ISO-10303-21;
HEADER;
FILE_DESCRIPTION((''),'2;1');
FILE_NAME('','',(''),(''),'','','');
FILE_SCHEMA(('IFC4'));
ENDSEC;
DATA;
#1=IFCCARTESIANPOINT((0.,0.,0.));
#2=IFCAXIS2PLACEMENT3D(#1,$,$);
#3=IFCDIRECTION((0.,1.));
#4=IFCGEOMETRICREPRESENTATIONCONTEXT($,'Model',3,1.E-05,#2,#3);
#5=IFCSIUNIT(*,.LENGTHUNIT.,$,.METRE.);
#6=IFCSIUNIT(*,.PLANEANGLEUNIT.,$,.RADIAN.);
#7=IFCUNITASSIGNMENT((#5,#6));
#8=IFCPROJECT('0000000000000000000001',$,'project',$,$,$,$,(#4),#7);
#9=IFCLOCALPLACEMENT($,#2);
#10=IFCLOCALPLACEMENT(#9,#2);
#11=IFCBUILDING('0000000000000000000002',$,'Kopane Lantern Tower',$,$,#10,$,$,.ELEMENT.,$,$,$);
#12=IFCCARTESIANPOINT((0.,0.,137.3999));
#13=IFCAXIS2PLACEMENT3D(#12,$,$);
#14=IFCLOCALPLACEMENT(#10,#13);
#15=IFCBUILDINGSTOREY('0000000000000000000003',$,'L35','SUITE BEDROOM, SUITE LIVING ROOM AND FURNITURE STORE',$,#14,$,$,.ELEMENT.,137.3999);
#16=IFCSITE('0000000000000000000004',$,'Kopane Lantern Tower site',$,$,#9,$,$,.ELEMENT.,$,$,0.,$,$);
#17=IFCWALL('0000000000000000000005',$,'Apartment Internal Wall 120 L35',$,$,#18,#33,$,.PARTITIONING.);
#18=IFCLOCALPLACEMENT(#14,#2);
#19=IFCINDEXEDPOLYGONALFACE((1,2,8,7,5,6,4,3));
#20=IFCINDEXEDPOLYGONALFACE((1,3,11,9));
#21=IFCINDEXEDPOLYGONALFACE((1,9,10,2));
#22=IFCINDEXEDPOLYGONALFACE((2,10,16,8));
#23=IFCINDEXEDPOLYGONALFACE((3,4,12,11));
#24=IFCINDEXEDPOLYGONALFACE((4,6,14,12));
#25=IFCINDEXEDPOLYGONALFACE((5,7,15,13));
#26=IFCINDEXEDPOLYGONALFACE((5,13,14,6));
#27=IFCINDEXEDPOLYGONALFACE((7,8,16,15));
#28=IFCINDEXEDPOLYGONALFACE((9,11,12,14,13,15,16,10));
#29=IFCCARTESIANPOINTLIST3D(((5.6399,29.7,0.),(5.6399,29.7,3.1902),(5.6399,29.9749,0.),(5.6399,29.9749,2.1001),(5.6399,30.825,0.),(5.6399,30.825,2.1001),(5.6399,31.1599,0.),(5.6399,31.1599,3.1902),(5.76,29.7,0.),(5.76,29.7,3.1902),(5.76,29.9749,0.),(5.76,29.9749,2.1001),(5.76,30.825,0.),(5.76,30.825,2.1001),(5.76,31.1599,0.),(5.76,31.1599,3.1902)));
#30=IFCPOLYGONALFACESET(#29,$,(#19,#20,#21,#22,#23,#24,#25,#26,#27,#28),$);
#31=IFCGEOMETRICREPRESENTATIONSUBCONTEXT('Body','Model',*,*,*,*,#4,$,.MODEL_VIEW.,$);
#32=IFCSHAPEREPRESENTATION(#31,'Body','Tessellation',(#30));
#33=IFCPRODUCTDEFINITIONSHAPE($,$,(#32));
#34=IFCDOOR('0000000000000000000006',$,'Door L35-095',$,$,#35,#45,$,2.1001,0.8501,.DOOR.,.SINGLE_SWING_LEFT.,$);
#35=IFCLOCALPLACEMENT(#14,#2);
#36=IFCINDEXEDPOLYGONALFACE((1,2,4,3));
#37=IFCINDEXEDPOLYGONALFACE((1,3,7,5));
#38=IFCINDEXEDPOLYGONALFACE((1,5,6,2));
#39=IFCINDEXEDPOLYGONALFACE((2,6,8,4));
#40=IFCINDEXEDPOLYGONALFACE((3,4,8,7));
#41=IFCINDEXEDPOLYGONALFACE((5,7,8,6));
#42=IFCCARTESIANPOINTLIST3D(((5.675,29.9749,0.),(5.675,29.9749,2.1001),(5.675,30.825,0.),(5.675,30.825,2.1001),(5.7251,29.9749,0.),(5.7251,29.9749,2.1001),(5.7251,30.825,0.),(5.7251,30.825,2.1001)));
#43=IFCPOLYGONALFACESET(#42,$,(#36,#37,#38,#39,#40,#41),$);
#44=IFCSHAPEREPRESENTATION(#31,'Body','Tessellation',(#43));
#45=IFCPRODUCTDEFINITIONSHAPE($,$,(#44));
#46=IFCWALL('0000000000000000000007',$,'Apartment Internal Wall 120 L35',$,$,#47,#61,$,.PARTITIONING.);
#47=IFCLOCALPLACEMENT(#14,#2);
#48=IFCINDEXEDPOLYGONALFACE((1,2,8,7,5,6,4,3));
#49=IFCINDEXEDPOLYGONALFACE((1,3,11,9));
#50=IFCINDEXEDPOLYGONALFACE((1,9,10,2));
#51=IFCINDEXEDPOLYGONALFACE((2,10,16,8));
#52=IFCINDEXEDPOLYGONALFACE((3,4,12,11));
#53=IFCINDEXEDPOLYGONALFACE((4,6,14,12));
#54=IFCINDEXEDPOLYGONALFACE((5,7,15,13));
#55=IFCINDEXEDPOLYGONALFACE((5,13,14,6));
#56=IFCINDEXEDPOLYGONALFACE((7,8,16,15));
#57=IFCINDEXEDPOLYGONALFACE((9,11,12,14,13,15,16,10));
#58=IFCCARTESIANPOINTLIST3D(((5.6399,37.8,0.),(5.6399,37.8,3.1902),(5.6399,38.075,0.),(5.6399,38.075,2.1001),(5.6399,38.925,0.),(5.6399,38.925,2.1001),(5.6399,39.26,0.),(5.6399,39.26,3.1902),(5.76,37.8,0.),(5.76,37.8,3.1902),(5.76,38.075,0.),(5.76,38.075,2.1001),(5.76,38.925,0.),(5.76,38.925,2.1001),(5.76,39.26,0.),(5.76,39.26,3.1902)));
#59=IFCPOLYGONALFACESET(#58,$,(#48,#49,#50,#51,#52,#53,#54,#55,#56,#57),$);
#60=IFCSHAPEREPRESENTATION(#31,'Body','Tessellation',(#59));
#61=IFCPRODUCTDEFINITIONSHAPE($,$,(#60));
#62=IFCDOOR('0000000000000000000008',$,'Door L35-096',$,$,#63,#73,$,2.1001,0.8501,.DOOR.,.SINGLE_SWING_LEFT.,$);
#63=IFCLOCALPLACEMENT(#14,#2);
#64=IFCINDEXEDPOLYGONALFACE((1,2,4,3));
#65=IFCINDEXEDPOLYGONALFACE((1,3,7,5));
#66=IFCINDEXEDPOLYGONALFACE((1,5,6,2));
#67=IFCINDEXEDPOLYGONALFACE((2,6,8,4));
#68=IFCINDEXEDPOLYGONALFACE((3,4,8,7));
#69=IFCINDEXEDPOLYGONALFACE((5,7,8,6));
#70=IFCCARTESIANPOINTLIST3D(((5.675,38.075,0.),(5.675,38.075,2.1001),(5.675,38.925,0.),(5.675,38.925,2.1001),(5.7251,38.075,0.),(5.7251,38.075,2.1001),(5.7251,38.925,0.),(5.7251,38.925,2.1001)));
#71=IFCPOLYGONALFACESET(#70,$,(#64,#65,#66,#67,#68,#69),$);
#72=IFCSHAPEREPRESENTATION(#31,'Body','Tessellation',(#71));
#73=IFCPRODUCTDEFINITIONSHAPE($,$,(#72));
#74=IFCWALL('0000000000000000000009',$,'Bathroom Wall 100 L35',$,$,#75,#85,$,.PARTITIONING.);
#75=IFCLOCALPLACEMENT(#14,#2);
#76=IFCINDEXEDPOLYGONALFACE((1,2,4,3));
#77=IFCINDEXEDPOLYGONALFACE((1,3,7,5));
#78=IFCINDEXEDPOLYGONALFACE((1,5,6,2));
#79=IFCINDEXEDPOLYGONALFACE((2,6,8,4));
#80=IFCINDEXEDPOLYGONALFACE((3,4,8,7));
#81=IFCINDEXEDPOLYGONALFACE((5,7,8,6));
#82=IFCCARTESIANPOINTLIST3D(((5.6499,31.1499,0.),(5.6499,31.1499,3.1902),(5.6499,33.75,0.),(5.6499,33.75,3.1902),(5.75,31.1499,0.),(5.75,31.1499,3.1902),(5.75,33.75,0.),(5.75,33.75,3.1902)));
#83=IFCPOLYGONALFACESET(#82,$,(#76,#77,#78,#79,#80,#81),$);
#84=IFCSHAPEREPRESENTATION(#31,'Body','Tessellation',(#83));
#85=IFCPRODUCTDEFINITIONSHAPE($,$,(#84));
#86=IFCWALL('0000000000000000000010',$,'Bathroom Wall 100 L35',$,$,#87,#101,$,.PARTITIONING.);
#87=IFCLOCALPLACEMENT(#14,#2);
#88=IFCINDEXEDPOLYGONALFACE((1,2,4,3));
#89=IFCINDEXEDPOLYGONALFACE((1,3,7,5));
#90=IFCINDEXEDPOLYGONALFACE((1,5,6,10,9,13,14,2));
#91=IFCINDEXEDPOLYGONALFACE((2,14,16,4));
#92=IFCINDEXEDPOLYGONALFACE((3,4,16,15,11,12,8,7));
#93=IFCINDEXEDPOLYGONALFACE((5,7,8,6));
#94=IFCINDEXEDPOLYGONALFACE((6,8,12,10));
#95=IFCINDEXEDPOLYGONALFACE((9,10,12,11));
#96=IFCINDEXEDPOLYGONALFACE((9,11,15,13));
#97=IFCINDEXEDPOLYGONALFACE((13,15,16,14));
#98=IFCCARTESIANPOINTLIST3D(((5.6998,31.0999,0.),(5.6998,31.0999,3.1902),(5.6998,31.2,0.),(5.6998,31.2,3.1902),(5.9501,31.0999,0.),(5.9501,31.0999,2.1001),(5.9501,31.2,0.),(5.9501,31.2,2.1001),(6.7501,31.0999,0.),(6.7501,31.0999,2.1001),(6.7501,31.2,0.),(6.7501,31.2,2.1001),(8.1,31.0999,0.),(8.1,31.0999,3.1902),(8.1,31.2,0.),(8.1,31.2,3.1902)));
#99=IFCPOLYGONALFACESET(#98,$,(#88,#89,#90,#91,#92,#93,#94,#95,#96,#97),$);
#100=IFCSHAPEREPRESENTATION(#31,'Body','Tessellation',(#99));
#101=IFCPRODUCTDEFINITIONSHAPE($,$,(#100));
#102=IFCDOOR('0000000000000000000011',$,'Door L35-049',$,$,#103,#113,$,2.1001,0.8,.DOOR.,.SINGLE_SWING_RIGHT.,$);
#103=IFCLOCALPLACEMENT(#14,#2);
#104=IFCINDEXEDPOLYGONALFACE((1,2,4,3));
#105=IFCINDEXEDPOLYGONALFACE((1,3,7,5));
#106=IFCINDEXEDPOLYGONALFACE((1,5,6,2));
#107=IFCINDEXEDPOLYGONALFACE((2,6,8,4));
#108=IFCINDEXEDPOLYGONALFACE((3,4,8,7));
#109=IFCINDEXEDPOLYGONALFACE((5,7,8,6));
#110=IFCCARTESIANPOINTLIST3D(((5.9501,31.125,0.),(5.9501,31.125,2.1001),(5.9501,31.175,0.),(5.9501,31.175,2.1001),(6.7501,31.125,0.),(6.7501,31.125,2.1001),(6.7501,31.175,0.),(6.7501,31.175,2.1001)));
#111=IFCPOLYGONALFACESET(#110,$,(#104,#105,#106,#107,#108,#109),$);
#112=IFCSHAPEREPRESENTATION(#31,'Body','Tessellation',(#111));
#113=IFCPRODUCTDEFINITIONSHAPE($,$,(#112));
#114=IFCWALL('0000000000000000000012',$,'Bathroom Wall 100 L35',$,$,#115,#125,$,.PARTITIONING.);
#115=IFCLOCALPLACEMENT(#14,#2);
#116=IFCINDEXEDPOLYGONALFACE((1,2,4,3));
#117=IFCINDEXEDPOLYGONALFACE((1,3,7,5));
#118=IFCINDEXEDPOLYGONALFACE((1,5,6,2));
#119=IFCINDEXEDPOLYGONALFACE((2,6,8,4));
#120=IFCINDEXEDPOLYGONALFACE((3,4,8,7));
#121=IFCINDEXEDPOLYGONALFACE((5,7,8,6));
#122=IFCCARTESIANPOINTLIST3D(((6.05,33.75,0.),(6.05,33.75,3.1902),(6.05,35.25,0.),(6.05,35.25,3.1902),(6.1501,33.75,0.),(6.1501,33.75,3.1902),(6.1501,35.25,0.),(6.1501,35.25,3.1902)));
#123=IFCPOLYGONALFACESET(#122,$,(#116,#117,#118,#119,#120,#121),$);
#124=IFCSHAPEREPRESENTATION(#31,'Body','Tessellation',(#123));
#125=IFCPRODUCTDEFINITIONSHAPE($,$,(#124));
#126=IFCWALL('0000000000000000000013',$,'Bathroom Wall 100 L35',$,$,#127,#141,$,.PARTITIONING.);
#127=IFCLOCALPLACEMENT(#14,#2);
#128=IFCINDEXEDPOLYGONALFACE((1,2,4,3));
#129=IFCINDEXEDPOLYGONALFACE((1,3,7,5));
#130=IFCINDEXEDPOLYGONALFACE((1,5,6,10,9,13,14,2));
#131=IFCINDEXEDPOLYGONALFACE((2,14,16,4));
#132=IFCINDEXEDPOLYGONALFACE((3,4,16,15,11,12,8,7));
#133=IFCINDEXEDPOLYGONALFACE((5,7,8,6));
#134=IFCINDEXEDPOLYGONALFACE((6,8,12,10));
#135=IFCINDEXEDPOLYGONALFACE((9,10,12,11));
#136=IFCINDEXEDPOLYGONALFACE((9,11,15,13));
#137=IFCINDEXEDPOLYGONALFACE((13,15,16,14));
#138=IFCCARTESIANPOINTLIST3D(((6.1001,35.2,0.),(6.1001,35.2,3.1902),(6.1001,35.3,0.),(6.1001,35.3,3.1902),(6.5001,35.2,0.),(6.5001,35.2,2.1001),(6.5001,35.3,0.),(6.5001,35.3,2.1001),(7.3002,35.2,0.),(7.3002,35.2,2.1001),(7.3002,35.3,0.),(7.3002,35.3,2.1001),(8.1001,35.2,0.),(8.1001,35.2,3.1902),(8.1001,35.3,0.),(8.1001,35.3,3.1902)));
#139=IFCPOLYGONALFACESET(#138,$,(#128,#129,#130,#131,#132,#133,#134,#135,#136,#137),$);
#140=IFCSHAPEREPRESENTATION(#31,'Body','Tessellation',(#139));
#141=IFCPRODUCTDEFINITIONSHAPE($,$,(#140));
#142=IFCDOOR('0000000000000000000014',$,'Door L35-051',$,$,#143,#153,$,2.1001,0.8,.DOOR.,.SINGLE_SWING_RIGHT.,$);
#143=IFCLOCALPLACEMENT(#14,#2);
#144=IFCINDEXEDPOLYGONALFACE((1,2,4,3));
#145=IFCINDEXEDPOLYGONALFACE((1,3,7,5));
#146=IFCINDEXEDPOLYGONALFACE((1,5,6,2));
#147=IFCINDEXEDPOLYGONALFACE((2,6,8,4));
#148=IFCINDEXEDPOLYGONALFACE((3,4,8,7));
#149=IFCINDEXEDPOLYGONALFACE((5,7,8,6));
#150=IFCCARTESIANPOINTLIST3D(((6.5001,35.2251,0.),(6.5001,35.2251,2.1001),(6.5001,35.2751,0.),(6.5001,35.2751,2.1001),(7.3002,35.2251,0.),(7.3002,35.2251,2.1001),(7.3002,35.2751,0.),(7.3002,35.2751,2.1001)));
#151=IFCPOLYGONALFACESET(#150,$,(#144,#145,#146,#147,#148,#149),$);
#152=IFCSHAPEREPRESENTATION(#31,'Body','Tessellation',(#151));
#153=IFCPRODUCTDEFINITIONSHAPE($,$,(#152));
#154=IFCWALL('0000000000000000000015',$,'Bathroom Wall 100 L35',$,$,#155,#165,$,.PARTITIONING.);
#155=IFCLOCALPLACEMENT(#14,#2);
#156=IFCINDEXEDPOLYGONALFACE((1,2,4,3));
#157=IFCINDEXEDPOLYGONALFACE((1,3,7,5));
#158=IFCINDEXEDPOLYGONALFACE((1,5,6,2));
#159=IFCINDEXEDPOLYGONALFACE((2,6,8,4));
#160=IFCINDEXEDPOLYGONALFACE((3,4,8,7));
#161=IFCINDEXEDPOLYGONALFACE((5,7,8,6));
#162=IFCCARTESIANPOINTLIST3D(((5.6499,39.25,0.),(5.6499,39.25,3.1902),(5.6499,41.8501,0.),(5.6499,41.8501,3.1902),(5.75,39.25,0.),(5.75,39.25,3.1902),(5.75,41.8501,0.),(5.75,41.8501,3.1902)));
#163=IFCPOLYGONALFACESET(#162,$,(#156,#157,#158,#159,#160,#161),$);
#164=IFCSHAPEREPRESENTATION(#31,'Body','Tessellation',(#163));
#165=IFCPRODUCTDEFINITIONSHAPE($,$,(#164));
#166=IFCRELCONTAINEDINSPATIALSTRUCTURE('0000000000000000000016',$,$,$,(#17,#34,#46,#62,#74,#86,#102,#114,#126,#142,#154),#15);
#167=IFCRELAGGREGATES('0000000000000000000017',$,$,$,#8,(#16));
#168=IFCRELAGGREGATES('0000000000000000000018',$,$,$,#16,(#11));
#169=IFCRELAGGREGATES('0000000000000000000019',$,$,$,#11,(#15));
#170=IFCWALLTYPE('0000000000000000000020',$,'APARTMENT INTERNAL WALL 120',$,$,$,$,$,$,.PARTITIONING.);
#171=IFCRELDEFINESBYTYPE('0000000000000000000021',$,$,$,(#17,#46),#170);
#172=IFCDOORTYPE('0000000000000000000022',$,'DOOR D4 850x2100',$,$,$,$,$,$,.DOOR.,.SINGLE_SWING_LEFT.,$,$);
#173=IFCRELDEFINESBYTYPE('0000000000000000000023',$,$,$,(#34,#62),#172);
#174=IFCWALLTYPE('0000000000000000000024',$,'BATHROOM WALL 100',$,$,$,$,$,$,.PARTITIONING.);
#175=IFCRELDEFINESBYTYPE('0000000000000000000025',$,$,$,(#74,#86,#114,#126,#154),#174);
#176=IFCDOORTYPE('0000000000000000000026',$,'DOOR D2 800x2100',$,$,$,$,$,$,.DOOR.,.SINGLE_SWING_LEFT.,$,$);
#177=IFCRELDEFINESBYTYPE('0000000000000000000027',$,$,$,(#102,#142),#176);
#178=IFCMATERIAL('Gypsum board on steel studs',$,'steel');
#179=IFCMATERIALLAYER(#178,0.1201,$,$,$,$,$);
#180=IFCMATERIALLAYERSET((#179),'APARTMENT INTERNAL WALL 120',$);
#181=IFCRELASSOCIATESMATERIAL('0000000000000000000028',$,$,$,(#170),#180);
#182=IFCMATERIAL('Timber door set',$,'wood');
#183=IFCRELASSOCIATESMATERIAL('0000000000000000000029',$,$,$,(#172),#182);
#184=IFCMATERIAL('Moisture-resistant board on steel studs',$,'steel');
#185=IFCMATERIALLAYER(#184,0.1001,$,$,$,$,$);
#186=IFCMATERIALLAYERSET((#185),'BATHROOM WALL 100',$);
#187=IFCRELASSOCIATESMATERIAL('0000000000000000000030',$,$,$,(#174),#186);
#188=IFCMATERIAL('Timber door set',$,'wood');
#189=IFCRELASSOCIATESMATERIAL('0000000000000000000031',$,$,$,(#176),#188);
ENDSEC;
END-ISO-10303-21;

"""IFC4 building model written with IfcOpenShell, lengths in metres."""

from ifc_helpers import new_model, si_unit, direction, frame, frame_2d, origin, place, context, subcontext, project, spatial, rectangle, extrude, material, layer, layer_set, type_object, element, fill, save


model = new_model("IFC4")

# Units and contexts
model_context = context("Model", 3, precision=1e-05, world=origin(), true_north=direction((0.0, 1.0)))
body_context = subcontext(model_context, "Body", "Model", "MODEL_VIEW")
ifc_project = project(units=[si_unit("LENGTHUNIT", "METRE"), si_unit("PLANEANGLEUNIT", "RADIAN")], contexts=[model_context])

# Site, building, storey
site_placement = place(None, origin())
site = spatial("IfcSite", under=ifc_project, at=site_placement, Name="Kopane Lantern Tower site", CompositionType="ELEMENT", RefElevation=0.0)
building_placement = place(site_placement, origin())
building = spatial("IfcBuilding", under=site, at=building_placement, Name="Kopane Lantern Tower", CompositionType="ELEMENT")
storey_placement = place(building_placement, frame((0.0, 0.0, 137.3999)))
storey = spatial("IfcBuildingStorey", under=building, at=storey_placement, Name="L35", Description="SUITE BEDROOM, SUITE LIVING ROOM AND FURNITURE STORE", CompositionType="ELEMENT", Elevation=137.3999)

# Walls, openings, doors
ifc_material_1 = material(Name="Gypsum board on steel studs", Category="steel")
ifc_layer_1 = layer(ifc_material_1, 0.1201)
ifc_layer_set_1 = layer_set([ifc_layer_1], Name="APARTMENT INTERNAL WALL 120")
wall_type_1 = type_object("IfcWallType", Name="APARTMENT INTERNAL WALL 120", PredefinedType="PARTITIONING", material=ifc_layer_set_1)
ifc_material_2 = material(Name="Timber door set", Category="wood")
door_type_1 = type_object("IfcDoorType", Name="DOOR D4 850x2100", OperationType="SINGLE_SWING_LEFT", PredefinedType="DOOR", material=ifc_material_2)
wall_1_placement = place(storey_placement, frame((5.7, 29.7, 0.0), z_axis=(0.0, 0.0, 1.0), x_axis=(0.0, 1.0, 0.0)))
wall_1 = element("IfcWall", 1, at=wall_1_placement, inside=storey, type_object=wall_type_1, Name="Apartment Internal Wall 120 L35", PredefinedType="PARTITIONING", context=body_context, shape_type="SweptSolid", body=[
    extrude(rectangle(XDim=1.46, YDim=0.1201, at=frame_2d((0.73, 0.0))), origin(), (0.0, 0.0, 1.0), 3.1902),
])
opening_1_placement = place(wall_1_placement, frame((0.2749, 0.0, 0.0)))
opening_1 = element("IfcOpeningElement", 2, at=opening_1_placement, cuts=wall_1, PredefinedType="OPENING", context=body_context, shape_type="SweptSolid", body=[
    extrude(rectangle(XDim=0.8501, YDim=2.1001, at=frame_2d((0.425, 1.05))), frame((0.0, 0.0701, 0.0), z_axis=(0.0, -1.0, 0.0), x_axis=(1.0, 0.0, 0.0)), (0.0, 0.0, 1.0), 0.1401),
])
door_1_placement = place(opening_1_placement, origin())
door_1 = element("IfcDoor", 3, at=door_1_placement, inside=storey, type_object=door_type_1, Name="Door L35-095", OperationType="SINGLE_SWING_LEFT", OverallHeight=2.1001, OverallWidth=0.8501, PredefinedType="DOOR", context=body_context, shape_type="SweptSolid", body=[
    extrude(rectangle(XDim=0.8501, YDim=2.1001, at=frame_2d((0.425, 1.05))), frame((0.0, 0.0249, 0.0), z_axis=(0.0, -1.0, 0.0), x_axis=(1.0, 0.0, 0.0)), (0.0, 0.0, 1.0), 0.05),
])
fill(opening_1, door_1)
wall_2_placement = place(storey_placement, frame((5.7, 37.8, 0.0), z_axis=(0.0, 0.0, 1.0), x_axis=(0.0, 1.0, 0.0)))
wall_2 = element("IfcWall", 4, at=wall_2_placement, inside=storey, type_object=wall_type_1, Name="Apartment Internal Wall 120 L35", PredefinedType="PARTITIONING", context=body_context, shape_type="SweptSolid", body=[
    extrude(rectangle(XDim=1.46, YDim=0.1201, at=frame_2d((0.73, 0.0))), origin(), (0.0, 0.0, 1.0), 3.1902),
])
opening_2_placement = place(wall_2_placement, frame((0.2749, 0.0, 0.0)))
opening_2 = element("IfcOpeningElement", 5, at=opening_2_placement, cuts=wall_2, PredefinedType="OPENING", context=body_context, shape_type="SweptSolid", body=[
    extrude(rectangle(XDim=0.8501, YDim=2.1001, at=frame_2d((0.425, 1.05))), frame((0.0, 0.0701, 0.0), z_axis=(0.0, -1.0, 0.0), x_axis=(1.0, 0.0, 0.0)), (0.0, 0.0, 1.0), 0.1401),
])
door_2_placement = place(opening_2_placement, origin())
door_2 = element("IfcDoor", 6, at=door_2_placement, inside=storey, type_object=door_type_1, Name="Door L35-096", OperationType="SINGLE_SWING_LEFT", OverallHeight=2.1001, OverallWidth=0.8501, PredefinedType="DOOR", context=body_context, shape_type="SweptSolid", body=[
    extrude(rectangle(XDim=0.8501, YDim=2.1001, at=frame_2d((0.425, 1.05))), frame((0.0, 0.0249, 0.0), z_axis=(0.0, -1.0, 0.0), x_axis=(1.0, 0.0, 0.0)), (0.0, 0.0, 1.0), 0.05),
])
fill(opening_2, door_2)

# Wall
ifc_material_3 = material(Name="Moisture-resistant board on steel studs", Category="steel")
ifc_layer_2 = layer(ifc_material_3, 0.1001)
ifc_layer_set_2 = layer_set([ifc_layer_2], Name="BATHROOM WALL 100")
wall_type_2 = type_object("IfcWallType", Name="BATHROOM WALL 100", PredefinedType="PARTITIONING", material=ifc_layer_set_2)
wall_3_placement = place(storey_placement, frame((5.7, 31.1499, 0.0), z_axis=(0.0, 0.0, 1.0), x_axis=(0.0, 1.0, 0.0)))
element("IfcWall", 7, at=wall_3_placement, inside=storey, type_object=wall_type_2, Name="Bathroom Wall 100 L35", PredefinedType="PARTITIONING", context=body_context, shape_type="SweptSolid", body=[
    extrude(rectangle(XDim=2.6001, YDim=0.1001, at=frame_2d((1.3, 0.0))), origin(), (0.0, 0.0, 1.0), 3.1902),
])

# Wall, opening, door
wall_4_placement = place(storey_placement, frame((8.1001, 31.1499, 0.0), z_axis=(0.0, 0.0, 1.0), x_axis=(-1.0, 0.0, 0.0)))
wall_4 = element("IfcWall", 8, at=wall_4_placement, inside=storey, type_object=wall_type_2, Name="Bathroom Wall 100 L35", PredefinedType="PARTITIONING", context=body_context, shape_type="SweptSolid", body=[
    extrude(rectangle(XDim=2.4001, YDim=0.1001, at=frame_2d((1.2002, 0.0))), origin(), (0.0, 0.0, 1.0), 3.1902),
])
opening_3_placement = place(wall_4_placement, frame((1.3501, 0.0, 0.0)))
opening_3 = element("IfcOpeningElement", 9, at=opening_3_placement, cuts=wall_4, PredefinedType="OPENING", context=body_context, shape_type="SweptSolid", body=[
    extrude(rectangle(XDim=0.8, YDim=2.1001, at=frame_2d((0.3999, 1.05))), frame((0.0, 0.0601, 0.0), z_axis=(0.0, -1.0, 0.0), x_axis=(1.0, 0.0, 0.0)), (0.0, 0.0, 1.0), 0.1201),
])
ifc_material_4 = material(Name="Timber door set", Category="wood")
door_type_2 = type_object("IfcDoorType", Name="DOOR D2 800x2100", OperationType="SINGLE_SWING_LEFT", PredefinedType="DOOR", material=ifc_material_4)
door_3_placement = place(opening_3_placement, origin())
door_3 = element("IfcDoor", 10, at=door_3_placement, inside=storey, type_object=door_type_2, Name="Door L35-049", OperationType="SINGLE_SWING_RIGHT", OverallHeight=2.1001, OverallWidth=0.8, PredefinedType="DOOR", context=body_context, shape_type="SweptSolid", body=[
    extrude(rectangle(XDim=0.8, YDim=2.1001, at=frame_2d((0.3999, 1.05))), frame((0.0, 0.0249, 0.0), z_axis=(0.0, -1.0, 0.0), x_axis=(1.0, 0.0, 0.0)), (0.0, 0.0, 1.0), 0.05),
])
fill(opening_3, door_3)

# Wall
wall_5_placement = place(storey_placement, frame((6.1001, 33.75, 0.0), z_axis=(0.0, 0.0, 1.0), x_axis=(0.0, 1.0, 0.0)))
element("IfcWall", 11, at=wall_5_placement, inside=storey, type_object=wall_type_2, Name="Bathroom Wall 100 L35", PredefinedType="PARTITIONING", context=body_context, shape_type="SweptSolid", body=[
    extrude(rectangle(XDim=1.5, YDim=0.1001, at=frame_2d((0.75, 0.0))), origin(), (0.0, 0.0, 1.0), 3.1902),
])

# Wall, opening, door
wall_6_placement = place(storey_placement, frame((8.1001, 35.25, 0.0), z_axis=(0.0, 0.0, 1.0), x_axis=(-1.0, 0.0, 0.0)))
wall_6 = element("IfcWall", 12, at=wall_6_placement, inside=storey, type_object=wall_type_2, Name="Bathroom Wall 100 L35", PredefinedType="PARTITIONING", context=body_context, shape_type="SweptSolid", body=[
    extrude(rectangle(XDim=2.0, YDim=0.1001, at=frame_2d((1.0, 0.0))), origin(), (0.0, 0.0, 1.0), 3.1902),
])
opening_4_placement = place(wall_6_placement, frame((0.8, 0.0, 0.0)))
opening_4 = element("IfcOpeningElement", 13, at=opening_4_placement, cuts=wall_6, PredefinedType="OPENING", context=body_context, shape_type="SweptSolid", body=[
    extrude(rectangle(XDim=0.8, YDim=2.1001, at=frame_2d((0.3999, 1.05))), frame((0.0, 0.0601, 0.0), z_axis=(0.0, -1.0, 0.0), x_axis=(1.0, 0.0, 0.0)), (0.0, 0.0, 1.0), 0.1201),
])
door_4_placement = place(opening_4_placement, origin())
door_4 = element("IfcDoor", 14, at=door_4_placement, inside=storey, type_object=door_type_2, Name="Door L35-051", OperationType="SINGLE_SWING_RIGHT", OverallHeight=2.1001, OverallWidth=0.8, PredefinedType="DOOR", context=body_context, shape_type="SweptSolid", body=[
    extrude(rectangle(XDim=0.8, YDim=2.1001, at=frame_2d((0.3999, 1.05))), frame((0.0, 0.0249, 0.0), z_axis=(0.0, -1.0, 0.0), x_axis=(1.0, 0.0, 0.0)), (0.0, 0.0, 1.0), 0.05),
])
fill(opening_4, door_4)

# Wall
wall_7_placement = place(storey_placement, frame((5.7, 39.25, 0.0), z_axis=(0.0, 0.0, 1.0), x_axis=(0.0, 1.0, 0.0)))
element("IfcWall", 15, at=wall_7_placement, inside=storey, type_object=wall_type_2, Name="Bathroom Wall 100 L35", PredefinedType="PARTITIONING", context=body_context, shape_type="SweptSolid", body=[
    extrude(rectangle(XDim=2.6001, YDim=0.1001, at=frame_2d((1.3, 0.0))), origin(), (0.0, 0.0, 1.0), 3.1902),
])

save(model, "model.ifc")
